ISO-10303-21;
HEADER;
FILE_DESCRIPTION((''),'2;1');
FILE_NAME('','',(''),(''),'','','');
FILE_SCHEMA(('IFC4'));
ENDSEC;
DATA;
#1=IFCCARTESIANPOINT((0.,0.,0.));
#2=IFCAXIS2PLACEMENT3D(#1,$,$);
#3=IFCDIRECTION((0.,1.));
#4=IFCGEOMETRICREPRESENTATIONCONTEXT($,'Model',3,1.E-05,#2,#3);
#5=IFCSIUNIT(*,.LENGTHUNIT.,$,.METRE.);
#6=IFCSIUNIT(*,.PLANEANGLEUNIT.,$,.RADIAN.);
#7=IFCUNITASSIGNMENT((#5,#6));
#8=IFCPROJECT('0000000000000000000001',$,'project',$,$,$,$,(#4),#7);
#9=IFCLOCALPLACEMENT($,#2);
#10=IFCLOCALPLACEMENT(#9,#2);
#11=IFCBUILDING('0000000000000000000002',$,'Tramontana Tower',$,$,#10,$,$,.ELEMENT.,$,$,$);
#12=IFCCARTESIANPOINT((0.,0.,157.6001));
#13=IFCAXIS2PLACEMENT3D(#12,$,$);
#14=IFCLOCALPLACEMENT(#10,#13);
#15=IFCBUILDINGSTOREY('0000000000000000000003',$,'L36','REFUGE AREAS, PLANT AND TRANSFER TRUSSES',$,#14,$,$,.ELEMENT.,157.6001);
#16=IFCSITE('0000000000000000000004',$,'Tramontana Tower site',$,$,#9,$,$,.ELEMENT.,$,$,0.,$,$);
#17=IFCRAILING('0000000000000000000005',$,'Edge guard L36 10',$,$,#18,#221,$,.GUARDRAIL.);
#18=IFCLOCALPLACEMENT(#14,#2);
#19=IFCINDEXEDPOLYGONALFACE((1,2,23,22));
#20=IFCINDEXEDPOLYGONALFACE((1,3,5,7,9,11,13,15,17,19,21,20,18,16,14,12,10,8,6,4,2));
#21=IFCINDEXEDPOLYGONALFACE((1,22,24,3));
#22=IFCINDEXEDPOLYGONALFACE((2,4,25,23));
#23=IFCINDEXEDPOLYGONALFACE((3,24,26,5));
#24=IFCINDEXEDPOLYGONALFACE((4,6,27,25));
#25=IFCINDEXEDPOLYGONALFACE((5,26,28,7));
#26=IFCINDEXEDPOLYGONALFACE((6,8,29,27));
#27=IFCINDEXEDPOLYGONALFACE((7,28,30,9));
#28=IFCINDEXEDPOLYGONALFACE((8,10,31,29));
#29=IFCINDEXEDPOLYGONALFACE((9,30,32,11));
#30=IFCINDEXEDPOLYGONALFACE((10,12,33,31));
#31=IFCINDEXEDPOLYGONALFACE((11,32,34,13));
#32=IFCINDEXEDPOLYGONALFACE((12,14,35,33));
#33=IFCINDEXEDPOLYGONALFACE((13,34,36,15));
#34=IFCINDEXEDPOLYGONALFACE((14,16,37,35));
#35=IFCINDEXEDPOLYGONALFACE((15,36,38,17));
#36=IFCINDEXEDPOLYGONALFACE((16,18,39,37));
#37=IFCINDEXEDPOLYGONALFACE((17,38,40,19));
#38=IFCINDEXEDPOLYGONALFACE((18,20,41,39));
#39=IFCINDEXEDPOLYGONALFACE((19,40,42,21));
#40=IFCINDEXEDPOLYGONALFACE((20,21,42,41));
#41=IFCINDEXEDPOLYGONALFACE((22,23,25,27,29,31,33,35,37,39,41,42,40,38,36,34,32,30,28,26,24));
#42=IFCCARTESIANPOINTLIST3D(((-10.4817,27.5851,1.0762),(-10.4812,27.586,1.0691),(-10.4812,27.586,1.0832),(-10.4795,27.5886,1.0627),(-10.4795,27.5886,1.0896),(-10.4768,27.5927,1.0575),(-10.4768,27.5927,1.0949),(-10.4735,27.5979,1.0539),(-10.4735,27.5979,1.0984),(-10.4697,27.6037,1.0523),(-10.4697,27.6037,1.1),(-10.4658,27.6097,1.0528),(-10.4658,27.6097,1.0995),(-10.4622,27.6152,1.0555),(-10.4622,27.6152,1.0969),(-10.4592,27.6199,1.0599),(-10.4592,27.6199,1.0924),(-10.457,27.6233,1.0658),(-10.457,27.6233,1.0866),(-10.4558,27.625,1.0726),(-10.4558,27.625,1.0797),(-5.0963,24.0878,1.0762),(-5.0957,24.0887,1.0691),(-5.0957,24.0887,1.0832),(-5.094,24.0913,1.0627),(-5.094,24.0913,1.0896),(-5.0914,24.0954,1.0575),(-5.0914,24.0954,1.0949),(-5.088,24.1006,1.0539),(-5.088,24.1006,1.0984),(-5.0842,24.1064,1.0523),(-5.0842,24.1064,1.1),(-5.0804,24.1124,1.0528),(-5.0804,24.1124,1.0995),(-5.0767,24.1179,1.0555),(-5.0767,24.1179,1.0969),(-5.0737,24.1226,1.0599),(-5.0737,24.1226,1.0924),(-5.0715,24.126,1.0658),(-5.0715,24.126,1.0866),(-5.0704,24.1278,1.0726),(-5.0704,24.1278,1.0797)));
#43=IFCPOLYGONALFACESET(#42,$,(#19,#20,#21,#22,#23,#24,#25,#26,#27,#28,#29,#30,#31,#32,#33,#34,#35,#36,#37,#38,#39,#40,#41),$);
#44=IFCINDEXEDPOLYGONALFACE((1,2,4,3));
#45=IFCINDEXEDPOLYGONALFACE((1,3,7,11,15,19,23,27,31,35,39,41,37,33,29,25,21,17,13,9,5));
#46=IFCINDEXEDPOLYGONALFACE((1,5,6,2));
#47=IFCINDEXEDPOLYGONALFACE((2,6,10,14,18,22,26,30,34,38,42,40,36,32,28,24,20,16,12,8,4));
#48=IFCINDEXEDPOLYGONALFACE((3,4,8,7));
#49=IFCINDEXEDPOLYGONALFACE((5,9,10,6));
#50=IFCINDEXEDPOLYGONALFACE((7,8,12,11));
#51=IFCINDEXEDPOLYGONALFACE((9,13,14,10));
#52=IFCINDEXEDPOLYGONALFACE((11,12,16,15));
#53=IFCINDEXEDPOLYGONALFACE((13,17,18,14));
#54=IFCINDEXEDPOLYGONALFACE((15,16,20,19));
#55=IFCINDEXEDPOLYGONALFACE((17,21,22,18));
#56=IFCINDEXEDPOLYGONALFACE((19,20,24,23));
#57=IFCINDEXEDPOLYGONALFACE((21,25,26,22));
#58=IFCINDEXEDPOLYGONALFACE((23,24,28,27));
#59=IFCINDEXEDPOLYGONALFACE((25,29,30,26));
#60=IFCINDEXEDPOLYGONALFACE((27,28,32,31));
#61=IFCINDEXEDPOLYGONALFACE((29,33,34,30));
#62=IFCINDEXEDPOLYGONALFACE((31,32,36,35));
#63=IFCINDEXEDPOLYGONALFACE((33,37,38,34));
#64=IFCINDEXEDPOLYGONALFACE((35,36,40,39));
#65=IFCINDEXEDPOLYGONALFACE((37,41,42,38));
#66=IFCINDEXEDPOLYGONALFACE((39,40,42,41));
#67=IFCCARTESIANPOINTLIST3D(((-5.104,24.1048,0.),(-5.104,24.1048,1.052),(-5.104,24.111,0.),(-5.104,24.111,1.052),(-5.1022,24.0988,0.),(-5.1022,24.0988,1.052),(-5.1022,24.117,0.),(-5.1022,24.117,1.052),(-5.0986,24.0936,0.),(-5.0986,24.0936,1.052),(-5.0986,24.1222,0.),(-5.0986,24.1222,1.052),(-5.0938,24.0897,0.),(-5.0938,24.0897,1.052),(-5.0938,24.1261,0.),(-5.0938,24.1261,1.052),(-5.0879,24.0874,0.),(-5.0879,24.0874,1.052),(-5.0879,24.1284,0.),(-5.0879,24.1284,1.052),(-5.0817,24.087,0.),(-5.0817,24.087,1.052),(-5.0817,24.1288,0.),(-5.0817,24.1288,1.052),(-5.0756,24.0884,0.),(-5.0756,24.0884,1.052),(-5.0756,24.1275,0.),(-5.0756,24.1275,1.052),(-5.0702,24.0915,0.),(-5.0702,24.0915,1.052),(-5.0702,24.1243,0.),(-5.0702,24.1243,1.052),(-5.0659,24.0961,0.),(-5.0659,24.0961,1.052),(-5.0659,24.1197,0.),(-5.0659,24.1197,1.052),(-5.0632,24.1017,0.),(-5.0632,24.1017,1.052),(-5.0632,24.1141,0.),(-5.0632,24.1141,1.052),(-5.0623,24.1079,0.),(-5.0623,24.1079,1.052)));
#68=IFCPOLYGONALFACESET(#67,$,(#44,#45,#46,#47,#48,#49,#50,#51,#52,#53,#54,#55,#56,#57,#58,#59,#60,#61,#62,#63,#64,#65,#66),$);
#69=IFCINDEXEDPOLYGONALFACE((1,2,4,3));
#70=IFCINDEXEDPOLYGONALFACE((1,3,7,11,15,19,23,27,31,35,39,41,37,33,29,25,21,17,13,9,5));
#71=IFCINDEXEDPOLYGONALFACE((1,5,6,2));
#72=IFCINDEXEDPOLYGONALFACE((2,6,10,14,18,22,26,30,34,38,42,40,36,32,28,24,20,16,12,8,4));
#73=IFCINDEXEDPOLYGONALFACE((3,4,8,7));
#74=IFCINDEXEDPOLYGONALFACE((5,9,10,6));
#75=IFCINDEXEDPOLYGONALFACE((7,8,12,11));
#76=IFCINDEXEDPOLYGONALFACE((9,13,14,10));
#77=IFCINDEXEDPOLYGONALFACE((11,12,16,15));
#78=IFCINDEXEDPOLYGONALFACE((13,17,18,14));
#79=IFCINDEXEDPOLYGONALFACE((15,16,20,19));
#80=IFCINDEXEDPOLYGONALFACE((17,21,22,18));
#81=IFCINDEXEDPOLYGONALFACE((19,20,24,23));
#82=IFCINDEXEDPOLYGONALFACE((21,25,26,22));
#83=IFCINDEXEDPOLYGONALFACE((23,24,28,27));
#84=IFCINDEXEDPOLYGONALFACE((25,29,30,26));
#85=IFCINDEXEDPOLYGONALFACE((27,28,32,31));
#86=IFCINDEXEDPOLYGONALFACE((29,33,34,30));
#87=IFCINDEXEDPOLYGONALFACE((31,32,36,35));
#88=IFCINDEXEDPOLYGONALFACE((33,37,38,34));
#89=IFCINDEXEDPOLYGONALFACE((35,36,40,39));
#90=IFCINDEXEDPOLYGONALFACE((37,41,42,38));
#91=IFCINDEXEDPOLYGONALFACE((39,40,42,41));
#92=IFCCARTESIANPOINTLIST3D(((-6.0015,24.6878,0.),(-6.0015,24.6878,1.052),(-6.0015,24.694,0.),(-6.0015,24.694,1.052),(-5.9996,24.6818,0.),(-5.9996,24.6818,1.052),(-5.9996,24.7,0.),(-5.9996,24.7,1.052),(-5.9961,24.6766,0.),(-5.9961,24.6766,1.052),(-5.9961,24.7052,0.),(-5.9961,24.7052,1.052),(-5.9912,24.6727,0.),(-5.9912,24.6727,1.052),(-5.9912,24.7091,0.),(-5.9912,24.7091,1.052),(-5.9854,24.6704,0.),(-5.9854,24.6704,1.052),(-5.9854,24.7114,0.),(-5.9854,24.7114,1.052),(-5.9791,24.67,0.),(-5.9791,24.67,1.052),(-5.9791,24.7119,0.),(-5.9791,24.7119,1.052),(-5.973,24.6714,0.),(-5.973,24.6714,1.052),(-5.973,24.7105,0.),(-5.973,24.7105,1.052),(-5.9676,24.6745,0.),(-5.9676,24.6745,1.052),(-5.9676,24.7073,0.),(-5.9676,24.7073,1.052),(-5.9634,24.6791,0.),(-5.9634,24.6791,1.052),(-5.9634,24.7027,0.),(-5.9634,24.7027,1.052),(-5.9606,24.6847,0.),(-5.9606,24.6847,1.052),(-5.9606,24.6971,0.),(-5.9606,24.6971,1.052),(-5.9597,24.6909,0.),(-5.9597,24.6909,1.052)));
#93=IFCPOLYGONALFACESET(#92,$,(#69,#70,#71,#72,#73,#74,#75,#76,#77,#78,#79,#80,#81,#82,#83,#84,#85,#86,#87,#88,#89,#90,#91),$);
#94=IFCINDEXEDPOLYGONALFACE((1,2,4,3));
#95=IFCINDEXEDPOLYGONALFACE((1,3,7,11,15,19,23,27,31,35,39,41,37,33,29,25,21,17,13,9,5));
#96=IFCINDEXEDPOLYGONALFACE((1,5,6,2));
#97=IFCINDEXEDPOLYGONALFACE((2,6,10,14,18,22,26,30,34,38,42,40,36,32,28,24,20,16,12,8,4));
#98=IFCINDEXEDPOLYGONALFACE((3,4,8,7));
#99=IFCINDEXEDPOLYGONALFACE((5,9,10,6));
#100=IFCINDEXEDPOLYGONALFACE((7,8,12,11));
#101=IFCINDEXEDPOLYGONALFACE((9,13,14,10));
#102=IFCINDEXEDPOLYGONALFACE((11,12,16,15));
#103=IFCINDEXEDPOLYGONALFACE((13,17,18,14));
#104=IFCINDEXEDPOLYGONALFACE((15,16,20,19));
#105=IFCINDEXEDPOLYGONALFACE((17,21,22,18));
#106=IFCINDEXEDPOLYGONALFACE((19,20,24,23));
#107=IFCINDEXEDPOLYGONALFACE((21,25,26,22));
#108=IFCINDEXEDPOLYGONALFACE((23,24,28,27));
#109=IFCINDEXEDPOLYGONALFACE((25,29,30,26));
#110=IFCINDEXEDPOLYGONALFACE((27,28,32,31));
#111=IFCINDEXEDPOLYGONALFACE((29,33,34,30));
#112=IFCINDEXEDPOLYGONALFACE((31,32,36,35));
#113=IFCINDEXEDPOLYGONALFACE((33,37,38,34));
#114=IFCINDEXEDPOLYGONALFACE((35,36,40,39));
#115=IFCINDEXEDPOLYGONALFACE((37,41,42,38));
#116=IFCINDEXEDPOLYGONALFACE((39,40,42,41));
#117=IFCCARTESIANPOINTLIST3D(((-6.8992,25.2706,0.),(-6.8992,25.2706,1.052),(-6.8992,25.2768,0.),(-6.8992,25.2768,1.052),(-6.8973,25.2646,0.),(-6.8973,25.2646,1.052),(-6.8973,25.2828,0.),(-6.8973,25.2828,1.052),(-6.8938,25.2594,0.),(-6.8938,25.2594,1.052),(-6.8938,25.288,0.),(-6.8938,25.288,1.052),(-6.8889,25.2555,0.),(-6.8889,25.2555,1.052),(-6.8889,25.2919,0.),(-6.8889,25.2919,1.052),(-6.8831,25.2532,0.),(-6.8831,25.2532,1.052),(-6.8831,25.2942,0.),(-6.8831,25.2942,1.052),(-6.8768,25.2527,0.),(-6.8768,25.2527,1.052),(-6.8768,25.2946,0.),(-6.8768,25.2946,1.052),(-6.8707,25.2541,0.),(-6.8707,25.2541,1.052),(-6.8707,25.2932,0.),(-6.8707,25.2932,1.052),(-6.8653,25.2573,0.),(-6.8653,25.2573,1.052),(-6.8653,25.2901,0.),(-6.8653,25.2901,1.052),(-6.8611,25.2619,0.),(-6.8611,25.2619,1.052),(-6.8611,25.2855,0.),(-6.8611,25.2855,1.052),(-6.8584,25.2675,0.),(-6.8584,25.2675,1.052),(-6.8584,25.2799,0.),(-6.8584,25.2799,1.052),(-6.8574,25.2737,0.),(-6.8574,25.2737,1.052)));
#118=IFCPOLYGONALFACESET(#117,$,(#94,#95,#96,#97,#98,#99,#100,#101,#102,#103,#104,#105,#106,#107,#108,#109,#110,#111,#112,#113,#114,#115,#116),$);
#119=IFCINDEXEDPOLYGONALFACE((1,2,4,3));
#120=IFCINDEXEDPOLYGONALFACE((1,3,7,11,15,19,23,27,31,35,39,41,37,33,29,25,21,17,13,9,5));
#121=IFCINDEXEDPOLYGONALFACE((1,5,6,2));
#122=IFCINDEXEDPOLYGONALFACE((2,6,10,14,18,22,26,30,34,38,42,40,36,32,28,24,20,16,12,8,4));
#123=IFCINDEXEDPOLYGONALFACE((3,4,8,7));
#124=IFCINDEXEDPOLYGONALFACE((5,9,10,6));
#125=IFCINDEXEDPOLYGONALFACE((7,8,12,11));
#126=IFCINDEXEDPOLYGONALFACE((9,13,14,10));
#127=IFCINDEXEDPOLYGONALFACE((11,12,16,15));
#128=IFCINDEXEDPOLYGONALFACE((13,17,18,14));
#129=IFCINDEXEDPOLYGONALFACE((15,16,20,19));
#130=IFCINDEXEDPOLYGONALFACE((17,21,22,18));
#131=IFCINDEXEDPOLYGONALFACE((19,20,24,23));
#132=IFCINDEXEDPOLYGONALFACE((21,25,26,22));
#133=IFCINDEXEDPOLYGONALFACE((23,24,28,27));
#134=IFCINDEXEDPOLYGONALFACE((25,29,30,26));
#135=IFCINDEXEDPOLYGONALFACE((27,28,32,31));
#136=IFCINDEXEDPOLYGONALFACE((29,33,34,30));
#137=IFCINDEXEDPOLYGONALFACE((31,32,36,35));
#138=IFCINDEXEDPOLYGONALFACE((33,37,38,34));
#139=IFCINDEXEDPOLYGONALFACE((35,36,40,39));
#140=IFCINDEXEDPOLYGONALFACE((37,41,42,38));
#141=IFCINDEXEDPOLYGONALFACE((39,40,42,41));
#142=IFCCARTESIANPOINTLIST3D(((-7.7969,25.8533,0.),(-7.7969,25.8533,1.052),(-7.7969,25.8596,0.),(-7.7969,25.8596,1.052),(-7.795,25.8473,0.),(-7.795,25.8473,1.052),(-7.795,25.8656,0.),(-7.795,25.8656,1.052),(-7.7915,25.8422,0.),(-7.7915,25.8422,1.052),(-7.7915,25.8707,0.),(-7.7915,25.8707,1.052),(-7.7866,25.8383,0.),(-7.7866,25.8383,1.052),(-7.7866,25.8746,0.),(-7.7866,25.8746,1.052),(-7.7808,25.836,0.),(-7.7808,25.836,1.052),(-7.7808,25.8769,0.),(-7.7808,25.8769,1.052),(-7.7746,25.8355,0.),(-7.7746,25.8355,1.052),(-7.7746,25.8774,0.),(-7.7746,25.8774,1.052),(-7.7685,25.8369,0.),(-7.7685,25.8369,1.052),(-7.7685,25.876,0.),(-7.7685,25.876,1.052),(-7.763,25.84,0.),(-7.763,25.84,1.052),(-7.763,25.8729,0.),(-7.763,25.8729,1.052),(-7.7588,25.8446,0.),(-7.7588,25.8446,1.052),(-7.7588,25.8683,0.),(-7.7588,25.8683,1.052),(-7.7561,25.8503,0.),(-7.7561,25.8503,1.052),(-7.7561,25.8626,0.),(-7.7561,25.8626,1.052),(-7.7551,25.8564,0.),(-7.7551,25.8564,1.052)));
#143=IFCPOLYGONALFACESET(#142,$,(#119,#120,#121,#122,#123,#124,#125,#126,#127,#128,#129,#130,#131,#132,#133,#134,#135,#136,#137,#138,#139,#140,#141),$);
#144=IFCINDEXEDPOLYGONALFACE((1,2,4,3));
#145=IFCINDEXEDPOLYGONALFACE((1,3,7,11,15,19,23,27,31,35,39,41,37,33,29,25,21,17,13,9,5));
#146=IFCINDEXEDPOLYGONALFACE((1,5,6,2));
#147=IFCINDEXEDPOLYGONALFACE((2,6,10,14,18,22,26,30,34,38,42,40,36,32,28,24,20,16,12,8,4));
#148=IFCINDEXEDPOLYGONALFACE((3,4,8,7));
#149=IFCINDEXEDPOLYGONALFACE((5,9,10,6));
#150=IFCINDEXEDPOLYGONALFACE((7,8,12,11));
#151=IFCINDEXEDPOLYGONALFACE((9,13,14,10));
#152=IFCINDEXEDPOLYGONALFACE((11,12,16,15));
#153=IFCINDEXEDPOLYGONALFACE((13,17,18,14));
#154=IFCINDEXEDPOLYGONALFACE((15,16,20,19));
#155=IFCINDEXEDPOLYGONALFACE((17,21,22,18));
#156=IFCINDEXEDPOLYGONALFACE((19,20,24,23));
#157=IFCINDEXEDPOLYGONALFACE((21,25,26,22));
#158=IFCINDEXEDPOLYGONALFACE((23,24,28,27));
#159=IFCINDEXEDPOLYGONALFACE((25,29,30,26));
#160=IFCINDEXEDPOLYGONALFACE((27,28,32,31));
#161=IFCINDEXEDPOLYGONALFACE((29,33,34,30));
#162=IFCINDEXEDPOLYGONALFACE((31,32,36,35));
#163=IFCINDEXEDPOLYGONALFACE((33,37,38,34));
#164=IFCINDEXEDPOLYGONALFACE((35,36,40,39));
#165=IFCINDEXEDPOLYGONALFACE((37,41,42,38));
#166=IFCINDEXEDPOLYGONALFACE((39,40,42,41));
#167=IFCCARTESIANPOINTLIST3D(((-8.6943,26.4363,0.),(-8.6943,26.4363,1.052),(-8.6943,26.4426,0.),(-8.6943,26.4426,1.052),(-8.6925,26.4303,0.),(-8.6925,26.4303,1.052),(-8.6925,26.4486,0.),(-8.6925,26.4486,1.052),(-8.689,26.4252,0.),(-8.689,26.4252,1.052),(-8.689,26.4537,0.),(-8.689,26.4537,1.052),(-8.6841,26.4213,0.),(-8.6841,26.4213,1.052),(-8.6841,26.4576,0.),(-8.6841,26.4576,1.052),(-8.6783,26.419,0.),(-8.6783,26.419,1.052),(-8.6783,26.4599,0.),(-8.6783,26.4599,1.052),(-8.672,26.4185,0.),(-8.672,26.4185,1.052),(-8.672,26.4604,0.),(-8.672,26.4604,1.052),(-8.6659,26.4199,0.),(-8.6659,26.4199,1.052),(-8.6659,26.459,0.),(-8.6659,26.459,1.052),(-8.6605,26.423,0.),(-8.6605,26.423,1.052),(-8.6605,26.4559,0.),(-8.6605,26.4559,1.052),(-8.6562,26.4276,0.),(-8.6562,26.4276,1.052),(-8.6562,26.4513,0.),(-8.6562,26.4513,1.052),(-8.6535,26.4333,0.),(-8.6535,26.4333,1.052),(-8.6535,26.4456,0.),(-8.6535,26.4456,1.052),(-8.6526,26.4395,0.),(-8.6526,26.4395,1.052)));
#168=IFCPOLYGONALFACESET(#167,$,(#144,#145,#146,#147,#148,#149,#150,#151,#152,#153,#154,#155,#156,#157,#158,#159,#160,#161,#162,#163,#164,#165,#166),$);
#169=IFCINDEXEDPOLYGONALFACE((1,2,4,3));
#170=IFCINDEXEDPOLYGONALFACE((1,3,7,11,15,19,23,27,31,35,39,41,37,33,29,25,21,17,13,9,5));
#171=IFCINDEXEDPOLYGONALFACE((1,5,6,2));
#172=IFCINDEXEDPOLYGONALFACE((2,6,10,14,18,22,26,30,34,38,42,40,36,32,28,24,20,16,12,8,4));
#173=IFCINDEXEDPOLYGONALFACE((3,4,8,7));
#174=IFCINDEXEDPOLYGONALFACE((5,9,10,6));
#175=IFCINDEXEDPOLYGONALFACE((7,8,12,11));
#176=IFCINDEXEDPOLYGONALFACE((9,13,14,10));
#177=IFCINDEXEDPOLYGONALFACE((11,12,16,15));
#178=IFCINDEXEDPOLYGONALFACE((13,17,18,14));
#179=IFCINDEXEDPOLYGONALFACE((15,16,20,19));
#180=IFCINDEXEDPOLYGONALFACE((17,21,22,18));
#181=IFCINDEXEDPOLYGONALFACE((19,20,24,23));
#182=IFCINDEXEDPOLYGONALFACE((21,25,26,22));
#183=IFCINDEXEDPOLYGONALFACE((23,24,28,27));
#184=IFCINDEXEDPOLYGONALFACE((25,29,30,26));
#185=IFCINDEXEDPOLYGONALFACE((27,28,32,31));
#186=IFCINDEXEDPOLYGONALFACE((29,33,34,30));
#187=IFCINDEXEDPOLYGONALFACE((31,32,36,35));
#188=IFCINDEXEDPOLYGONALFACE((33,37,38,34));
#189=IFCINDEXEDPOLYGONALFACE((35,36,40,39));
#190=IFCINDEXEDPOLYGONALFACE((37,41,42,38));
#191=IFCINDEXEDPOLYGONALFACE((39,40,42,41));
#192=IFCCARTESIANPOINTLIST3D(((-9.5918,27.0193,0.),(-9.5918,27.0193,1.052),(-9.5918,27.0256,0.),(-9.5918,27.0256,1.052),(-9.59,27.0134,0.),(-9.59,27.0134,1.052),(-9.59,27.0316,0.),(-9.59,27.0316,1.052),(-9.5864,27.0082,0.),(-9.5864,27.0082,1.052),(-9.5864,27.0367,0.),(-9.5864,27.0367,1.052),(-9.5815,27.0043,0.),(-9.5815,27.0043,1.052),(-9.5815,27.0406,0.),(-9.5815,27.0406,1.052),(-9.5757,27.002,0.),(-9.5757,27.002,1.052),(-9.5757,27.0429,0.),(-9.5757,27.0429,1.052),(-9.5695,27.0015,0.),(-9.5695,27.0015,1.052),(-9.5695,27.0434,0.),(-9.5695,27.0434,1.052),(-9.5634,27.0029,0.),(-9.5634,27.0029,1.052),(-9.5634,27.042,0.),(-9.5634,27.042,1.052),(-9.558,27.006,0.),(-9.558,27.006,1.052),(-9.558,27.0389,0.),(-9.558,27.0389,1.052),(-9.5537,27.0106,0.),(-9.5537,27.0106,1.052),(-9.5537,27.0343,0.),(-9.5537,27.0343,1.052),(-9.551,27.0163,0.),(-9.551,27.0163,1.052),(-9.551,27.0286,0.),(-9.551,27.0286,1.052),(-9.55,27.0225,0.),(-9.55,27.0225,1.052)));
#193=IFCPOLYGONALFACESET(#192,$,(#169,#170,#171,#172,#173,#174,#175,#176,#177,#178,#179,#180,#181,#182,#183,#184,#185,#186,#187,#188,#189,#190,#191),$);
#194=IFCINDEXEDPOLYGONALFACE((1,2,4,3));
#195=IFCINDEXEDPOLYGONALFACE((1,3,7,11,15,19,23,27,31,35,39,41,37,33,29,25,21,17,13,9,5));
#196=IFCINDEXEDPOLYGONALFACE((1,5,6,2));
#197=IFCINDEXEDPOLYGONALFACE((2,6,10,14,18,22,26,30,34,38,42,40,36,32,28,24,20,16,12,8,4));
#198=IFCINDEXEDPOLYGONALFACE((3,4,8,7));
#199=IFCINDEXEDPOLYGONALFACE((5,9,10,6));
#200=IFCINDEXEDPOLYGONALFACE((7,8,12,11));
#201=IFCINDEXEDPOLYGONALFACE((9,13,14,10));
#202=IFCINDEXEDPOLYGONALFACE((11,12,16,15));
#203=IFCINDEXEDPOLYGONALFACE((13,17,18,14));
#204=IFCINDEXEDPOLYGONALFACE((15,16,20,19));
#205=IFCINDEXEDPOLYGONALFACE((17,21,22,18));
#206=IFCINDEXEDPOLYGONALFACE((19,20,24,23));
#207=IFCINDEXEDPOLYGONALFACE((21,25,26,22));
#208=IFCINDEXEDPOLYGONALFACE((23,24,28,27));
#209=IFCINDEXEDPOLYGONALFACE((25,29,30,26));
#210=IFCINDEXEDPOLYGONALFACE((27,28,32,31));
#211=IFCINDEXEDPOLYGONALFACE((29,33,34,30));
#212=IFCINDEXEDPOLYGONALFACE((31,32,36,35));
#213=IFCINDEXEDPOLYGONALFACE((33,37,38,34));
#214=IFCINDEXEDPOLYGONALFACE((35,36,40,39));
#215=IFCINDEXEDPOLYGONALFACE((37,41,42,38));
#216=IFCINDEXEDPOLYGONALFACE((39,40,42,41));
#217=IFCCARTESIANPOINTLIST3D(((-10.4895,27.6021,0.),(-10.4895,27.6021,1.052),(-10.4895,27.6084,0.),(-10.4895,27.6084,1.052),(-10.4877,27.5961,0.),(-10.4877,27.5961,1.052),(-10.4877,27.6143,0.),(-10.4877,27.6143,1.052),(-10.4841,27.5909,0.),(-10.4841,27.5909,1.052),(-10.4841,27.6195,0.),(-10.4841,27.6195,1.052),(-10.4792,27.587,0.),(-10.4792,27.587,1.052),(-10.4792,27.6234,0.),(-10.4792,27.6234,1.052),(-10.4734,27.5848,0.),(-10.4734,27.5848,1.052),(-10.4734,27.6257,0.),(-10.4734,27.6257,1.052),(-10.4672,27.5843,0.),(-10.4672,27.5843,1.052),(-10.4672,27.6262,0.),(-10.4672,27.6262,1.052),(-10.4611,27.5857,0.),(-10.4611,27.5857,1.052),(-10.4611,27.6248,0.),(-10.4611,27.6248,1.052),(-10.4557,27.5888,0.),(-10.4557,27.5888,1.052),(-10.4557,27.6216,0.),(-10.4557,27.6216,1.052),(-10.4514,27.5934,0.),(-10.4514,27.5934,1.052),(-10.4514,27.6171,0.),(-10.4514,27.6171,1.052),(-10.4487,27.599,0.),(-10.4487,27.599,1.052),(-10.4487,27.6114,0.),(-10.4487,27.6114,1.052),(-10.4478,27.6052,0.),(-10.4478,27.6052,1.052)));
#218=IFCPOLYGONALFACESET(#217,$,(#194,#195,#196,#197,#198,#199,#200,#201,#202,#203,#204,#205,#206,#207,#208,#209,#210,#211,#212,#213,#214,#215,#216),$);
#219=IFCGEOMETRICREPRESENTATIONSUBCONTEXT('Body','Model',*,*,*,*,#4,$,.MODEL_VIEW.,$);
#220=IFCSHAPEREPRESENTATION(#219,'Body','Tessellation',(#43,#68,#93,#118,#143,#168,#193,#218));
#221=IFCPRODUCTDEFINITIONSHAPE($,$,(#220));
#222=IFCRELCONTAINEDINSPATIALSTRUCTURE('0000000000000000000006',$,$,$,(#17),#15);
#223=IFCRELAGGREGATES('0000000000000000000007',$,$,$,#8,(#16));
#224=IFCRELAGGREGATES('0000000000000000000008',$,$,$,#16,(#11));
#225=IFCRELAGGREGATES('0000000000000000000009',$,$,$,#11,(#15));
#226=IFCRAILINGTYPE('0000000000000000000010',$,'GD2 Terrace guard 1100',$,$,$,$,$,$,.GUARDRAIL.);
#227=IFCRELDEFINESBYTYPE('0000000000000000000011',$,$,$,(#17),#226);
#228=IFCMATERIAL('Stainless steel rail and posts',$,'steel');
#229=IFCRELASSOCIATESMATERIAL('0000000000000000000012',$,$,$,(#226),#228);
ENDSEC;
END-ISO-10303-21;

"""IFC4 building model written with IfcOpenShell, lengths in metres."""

from ifc_helpers import new_model, si_unit, direction, frame, origin, origin_2d, place, context, subcontext, project, spatial, circle, extrude, material, type_object, element, save


model = new_model("IFC4")

# Units and contexts
model_context = context("Model", 3, precision=1e-05, world=origin(), true_north=direction((0.0, 1.0)))
body_context = subcontext(model_context, "Body", "Model", "MODEL_VIEW")
ifc_project = project(units=[si_unit("LENGTHUNIT", "METRE"), si_unit("PLANEANGLEUNIT", "RADIAN")], contexts=[model_context])

# Site, building, storey
site_placement = place(None, origin())
site = spatial("IfcSite", under=ifc_project, at=site_placement, Name="Tramontana Tower site", CompositionType="ELEMENT", RefElevation=0.0)
building_placement = place(site_placement, origin())
building = spatial("IfcBuilding", under=site, at=building_placement, Name="Tramontana Tower", CompositionType="ELEMENT")
storey_placement = place(building_placement, frame((0.0, 0.0, 157.6001)))
storey = spatial("IfcBuildingStorey", under=building, at=storey_placement, Name="L36", Description="REFUGE AREAS, PLANT AND TRANSFER TRUSSES", CompositionType="ELEMENT", Elevation=157.6001)

# Railing
ifc_material_1 = material(Name="Stainless steel rail and posts", Category="steel")
railing_type = type_object("IfcRailingType", Name="GD2 Terrace guard 1100", PredefinedType="GUARDRAIL", material=ifc_material_1)
railing_1_placement = place(storey_placement, frame((-5.0833, 24.1079, 0.0)))
element("IfcRailing", 1, at=railing_1_placement, inside=storey, type_object=railing_type, Name="Edge guard L36 10", PredefinedType="GUARDRAIL", context=body_context, shape_type="SweptSolid", body=[
    extrude(circle(Radius=0.0239, at=origin_2d()), frame((0.0, 0.0, 1.0762), z_axis=(-0.838675, 0.544631, 0.0), x_axis=(-0.544631, -0.838675, 0.0)), (0.0, 0.0, 1.0), 6.4214),
    extrude(circle(Radius=0.021, at=origin_2d()), origin(), (0.0, 0.0, 1.0), 1.052),
    extrude(circle(Radius=0.021, at=origin_2d()), frame((-0.8975, 0.583, 0.0)), (0.0, 0.0, 1.0), 1.052),
    extrude(circle(Radius=0.021, at=origin_2d()), frame((-1.7952, 1.1658, 0.0)), (0.0, 0.0, 1.0), 1.052),
    extrude(circle(Radius=0.021, at=origin_2d()), frame((-2.6929, 1.7485, 0.0)), (0.0, 0.0, 1.0), 1.052),
    extrude(circle(Radius=0.021, at=origin_2d()), frame((-3.5903, 2.3315, 0.0)), (0.0, 0.0, 1.0), 1.052),
    extrude(circle(Radius=0.021, at=origin_2d()), frame((-4.4878, 2.9146, 0.0)), (0.0, 0.0, 1.0), 1.052),
    extrude(circle(Radius=0.021, at=origin_2d()), frame((-5.3855, 3.4973, 0.0)), (0.0, 0.0, 1.0), 1.052),
])

save(model, "model.ifc")
